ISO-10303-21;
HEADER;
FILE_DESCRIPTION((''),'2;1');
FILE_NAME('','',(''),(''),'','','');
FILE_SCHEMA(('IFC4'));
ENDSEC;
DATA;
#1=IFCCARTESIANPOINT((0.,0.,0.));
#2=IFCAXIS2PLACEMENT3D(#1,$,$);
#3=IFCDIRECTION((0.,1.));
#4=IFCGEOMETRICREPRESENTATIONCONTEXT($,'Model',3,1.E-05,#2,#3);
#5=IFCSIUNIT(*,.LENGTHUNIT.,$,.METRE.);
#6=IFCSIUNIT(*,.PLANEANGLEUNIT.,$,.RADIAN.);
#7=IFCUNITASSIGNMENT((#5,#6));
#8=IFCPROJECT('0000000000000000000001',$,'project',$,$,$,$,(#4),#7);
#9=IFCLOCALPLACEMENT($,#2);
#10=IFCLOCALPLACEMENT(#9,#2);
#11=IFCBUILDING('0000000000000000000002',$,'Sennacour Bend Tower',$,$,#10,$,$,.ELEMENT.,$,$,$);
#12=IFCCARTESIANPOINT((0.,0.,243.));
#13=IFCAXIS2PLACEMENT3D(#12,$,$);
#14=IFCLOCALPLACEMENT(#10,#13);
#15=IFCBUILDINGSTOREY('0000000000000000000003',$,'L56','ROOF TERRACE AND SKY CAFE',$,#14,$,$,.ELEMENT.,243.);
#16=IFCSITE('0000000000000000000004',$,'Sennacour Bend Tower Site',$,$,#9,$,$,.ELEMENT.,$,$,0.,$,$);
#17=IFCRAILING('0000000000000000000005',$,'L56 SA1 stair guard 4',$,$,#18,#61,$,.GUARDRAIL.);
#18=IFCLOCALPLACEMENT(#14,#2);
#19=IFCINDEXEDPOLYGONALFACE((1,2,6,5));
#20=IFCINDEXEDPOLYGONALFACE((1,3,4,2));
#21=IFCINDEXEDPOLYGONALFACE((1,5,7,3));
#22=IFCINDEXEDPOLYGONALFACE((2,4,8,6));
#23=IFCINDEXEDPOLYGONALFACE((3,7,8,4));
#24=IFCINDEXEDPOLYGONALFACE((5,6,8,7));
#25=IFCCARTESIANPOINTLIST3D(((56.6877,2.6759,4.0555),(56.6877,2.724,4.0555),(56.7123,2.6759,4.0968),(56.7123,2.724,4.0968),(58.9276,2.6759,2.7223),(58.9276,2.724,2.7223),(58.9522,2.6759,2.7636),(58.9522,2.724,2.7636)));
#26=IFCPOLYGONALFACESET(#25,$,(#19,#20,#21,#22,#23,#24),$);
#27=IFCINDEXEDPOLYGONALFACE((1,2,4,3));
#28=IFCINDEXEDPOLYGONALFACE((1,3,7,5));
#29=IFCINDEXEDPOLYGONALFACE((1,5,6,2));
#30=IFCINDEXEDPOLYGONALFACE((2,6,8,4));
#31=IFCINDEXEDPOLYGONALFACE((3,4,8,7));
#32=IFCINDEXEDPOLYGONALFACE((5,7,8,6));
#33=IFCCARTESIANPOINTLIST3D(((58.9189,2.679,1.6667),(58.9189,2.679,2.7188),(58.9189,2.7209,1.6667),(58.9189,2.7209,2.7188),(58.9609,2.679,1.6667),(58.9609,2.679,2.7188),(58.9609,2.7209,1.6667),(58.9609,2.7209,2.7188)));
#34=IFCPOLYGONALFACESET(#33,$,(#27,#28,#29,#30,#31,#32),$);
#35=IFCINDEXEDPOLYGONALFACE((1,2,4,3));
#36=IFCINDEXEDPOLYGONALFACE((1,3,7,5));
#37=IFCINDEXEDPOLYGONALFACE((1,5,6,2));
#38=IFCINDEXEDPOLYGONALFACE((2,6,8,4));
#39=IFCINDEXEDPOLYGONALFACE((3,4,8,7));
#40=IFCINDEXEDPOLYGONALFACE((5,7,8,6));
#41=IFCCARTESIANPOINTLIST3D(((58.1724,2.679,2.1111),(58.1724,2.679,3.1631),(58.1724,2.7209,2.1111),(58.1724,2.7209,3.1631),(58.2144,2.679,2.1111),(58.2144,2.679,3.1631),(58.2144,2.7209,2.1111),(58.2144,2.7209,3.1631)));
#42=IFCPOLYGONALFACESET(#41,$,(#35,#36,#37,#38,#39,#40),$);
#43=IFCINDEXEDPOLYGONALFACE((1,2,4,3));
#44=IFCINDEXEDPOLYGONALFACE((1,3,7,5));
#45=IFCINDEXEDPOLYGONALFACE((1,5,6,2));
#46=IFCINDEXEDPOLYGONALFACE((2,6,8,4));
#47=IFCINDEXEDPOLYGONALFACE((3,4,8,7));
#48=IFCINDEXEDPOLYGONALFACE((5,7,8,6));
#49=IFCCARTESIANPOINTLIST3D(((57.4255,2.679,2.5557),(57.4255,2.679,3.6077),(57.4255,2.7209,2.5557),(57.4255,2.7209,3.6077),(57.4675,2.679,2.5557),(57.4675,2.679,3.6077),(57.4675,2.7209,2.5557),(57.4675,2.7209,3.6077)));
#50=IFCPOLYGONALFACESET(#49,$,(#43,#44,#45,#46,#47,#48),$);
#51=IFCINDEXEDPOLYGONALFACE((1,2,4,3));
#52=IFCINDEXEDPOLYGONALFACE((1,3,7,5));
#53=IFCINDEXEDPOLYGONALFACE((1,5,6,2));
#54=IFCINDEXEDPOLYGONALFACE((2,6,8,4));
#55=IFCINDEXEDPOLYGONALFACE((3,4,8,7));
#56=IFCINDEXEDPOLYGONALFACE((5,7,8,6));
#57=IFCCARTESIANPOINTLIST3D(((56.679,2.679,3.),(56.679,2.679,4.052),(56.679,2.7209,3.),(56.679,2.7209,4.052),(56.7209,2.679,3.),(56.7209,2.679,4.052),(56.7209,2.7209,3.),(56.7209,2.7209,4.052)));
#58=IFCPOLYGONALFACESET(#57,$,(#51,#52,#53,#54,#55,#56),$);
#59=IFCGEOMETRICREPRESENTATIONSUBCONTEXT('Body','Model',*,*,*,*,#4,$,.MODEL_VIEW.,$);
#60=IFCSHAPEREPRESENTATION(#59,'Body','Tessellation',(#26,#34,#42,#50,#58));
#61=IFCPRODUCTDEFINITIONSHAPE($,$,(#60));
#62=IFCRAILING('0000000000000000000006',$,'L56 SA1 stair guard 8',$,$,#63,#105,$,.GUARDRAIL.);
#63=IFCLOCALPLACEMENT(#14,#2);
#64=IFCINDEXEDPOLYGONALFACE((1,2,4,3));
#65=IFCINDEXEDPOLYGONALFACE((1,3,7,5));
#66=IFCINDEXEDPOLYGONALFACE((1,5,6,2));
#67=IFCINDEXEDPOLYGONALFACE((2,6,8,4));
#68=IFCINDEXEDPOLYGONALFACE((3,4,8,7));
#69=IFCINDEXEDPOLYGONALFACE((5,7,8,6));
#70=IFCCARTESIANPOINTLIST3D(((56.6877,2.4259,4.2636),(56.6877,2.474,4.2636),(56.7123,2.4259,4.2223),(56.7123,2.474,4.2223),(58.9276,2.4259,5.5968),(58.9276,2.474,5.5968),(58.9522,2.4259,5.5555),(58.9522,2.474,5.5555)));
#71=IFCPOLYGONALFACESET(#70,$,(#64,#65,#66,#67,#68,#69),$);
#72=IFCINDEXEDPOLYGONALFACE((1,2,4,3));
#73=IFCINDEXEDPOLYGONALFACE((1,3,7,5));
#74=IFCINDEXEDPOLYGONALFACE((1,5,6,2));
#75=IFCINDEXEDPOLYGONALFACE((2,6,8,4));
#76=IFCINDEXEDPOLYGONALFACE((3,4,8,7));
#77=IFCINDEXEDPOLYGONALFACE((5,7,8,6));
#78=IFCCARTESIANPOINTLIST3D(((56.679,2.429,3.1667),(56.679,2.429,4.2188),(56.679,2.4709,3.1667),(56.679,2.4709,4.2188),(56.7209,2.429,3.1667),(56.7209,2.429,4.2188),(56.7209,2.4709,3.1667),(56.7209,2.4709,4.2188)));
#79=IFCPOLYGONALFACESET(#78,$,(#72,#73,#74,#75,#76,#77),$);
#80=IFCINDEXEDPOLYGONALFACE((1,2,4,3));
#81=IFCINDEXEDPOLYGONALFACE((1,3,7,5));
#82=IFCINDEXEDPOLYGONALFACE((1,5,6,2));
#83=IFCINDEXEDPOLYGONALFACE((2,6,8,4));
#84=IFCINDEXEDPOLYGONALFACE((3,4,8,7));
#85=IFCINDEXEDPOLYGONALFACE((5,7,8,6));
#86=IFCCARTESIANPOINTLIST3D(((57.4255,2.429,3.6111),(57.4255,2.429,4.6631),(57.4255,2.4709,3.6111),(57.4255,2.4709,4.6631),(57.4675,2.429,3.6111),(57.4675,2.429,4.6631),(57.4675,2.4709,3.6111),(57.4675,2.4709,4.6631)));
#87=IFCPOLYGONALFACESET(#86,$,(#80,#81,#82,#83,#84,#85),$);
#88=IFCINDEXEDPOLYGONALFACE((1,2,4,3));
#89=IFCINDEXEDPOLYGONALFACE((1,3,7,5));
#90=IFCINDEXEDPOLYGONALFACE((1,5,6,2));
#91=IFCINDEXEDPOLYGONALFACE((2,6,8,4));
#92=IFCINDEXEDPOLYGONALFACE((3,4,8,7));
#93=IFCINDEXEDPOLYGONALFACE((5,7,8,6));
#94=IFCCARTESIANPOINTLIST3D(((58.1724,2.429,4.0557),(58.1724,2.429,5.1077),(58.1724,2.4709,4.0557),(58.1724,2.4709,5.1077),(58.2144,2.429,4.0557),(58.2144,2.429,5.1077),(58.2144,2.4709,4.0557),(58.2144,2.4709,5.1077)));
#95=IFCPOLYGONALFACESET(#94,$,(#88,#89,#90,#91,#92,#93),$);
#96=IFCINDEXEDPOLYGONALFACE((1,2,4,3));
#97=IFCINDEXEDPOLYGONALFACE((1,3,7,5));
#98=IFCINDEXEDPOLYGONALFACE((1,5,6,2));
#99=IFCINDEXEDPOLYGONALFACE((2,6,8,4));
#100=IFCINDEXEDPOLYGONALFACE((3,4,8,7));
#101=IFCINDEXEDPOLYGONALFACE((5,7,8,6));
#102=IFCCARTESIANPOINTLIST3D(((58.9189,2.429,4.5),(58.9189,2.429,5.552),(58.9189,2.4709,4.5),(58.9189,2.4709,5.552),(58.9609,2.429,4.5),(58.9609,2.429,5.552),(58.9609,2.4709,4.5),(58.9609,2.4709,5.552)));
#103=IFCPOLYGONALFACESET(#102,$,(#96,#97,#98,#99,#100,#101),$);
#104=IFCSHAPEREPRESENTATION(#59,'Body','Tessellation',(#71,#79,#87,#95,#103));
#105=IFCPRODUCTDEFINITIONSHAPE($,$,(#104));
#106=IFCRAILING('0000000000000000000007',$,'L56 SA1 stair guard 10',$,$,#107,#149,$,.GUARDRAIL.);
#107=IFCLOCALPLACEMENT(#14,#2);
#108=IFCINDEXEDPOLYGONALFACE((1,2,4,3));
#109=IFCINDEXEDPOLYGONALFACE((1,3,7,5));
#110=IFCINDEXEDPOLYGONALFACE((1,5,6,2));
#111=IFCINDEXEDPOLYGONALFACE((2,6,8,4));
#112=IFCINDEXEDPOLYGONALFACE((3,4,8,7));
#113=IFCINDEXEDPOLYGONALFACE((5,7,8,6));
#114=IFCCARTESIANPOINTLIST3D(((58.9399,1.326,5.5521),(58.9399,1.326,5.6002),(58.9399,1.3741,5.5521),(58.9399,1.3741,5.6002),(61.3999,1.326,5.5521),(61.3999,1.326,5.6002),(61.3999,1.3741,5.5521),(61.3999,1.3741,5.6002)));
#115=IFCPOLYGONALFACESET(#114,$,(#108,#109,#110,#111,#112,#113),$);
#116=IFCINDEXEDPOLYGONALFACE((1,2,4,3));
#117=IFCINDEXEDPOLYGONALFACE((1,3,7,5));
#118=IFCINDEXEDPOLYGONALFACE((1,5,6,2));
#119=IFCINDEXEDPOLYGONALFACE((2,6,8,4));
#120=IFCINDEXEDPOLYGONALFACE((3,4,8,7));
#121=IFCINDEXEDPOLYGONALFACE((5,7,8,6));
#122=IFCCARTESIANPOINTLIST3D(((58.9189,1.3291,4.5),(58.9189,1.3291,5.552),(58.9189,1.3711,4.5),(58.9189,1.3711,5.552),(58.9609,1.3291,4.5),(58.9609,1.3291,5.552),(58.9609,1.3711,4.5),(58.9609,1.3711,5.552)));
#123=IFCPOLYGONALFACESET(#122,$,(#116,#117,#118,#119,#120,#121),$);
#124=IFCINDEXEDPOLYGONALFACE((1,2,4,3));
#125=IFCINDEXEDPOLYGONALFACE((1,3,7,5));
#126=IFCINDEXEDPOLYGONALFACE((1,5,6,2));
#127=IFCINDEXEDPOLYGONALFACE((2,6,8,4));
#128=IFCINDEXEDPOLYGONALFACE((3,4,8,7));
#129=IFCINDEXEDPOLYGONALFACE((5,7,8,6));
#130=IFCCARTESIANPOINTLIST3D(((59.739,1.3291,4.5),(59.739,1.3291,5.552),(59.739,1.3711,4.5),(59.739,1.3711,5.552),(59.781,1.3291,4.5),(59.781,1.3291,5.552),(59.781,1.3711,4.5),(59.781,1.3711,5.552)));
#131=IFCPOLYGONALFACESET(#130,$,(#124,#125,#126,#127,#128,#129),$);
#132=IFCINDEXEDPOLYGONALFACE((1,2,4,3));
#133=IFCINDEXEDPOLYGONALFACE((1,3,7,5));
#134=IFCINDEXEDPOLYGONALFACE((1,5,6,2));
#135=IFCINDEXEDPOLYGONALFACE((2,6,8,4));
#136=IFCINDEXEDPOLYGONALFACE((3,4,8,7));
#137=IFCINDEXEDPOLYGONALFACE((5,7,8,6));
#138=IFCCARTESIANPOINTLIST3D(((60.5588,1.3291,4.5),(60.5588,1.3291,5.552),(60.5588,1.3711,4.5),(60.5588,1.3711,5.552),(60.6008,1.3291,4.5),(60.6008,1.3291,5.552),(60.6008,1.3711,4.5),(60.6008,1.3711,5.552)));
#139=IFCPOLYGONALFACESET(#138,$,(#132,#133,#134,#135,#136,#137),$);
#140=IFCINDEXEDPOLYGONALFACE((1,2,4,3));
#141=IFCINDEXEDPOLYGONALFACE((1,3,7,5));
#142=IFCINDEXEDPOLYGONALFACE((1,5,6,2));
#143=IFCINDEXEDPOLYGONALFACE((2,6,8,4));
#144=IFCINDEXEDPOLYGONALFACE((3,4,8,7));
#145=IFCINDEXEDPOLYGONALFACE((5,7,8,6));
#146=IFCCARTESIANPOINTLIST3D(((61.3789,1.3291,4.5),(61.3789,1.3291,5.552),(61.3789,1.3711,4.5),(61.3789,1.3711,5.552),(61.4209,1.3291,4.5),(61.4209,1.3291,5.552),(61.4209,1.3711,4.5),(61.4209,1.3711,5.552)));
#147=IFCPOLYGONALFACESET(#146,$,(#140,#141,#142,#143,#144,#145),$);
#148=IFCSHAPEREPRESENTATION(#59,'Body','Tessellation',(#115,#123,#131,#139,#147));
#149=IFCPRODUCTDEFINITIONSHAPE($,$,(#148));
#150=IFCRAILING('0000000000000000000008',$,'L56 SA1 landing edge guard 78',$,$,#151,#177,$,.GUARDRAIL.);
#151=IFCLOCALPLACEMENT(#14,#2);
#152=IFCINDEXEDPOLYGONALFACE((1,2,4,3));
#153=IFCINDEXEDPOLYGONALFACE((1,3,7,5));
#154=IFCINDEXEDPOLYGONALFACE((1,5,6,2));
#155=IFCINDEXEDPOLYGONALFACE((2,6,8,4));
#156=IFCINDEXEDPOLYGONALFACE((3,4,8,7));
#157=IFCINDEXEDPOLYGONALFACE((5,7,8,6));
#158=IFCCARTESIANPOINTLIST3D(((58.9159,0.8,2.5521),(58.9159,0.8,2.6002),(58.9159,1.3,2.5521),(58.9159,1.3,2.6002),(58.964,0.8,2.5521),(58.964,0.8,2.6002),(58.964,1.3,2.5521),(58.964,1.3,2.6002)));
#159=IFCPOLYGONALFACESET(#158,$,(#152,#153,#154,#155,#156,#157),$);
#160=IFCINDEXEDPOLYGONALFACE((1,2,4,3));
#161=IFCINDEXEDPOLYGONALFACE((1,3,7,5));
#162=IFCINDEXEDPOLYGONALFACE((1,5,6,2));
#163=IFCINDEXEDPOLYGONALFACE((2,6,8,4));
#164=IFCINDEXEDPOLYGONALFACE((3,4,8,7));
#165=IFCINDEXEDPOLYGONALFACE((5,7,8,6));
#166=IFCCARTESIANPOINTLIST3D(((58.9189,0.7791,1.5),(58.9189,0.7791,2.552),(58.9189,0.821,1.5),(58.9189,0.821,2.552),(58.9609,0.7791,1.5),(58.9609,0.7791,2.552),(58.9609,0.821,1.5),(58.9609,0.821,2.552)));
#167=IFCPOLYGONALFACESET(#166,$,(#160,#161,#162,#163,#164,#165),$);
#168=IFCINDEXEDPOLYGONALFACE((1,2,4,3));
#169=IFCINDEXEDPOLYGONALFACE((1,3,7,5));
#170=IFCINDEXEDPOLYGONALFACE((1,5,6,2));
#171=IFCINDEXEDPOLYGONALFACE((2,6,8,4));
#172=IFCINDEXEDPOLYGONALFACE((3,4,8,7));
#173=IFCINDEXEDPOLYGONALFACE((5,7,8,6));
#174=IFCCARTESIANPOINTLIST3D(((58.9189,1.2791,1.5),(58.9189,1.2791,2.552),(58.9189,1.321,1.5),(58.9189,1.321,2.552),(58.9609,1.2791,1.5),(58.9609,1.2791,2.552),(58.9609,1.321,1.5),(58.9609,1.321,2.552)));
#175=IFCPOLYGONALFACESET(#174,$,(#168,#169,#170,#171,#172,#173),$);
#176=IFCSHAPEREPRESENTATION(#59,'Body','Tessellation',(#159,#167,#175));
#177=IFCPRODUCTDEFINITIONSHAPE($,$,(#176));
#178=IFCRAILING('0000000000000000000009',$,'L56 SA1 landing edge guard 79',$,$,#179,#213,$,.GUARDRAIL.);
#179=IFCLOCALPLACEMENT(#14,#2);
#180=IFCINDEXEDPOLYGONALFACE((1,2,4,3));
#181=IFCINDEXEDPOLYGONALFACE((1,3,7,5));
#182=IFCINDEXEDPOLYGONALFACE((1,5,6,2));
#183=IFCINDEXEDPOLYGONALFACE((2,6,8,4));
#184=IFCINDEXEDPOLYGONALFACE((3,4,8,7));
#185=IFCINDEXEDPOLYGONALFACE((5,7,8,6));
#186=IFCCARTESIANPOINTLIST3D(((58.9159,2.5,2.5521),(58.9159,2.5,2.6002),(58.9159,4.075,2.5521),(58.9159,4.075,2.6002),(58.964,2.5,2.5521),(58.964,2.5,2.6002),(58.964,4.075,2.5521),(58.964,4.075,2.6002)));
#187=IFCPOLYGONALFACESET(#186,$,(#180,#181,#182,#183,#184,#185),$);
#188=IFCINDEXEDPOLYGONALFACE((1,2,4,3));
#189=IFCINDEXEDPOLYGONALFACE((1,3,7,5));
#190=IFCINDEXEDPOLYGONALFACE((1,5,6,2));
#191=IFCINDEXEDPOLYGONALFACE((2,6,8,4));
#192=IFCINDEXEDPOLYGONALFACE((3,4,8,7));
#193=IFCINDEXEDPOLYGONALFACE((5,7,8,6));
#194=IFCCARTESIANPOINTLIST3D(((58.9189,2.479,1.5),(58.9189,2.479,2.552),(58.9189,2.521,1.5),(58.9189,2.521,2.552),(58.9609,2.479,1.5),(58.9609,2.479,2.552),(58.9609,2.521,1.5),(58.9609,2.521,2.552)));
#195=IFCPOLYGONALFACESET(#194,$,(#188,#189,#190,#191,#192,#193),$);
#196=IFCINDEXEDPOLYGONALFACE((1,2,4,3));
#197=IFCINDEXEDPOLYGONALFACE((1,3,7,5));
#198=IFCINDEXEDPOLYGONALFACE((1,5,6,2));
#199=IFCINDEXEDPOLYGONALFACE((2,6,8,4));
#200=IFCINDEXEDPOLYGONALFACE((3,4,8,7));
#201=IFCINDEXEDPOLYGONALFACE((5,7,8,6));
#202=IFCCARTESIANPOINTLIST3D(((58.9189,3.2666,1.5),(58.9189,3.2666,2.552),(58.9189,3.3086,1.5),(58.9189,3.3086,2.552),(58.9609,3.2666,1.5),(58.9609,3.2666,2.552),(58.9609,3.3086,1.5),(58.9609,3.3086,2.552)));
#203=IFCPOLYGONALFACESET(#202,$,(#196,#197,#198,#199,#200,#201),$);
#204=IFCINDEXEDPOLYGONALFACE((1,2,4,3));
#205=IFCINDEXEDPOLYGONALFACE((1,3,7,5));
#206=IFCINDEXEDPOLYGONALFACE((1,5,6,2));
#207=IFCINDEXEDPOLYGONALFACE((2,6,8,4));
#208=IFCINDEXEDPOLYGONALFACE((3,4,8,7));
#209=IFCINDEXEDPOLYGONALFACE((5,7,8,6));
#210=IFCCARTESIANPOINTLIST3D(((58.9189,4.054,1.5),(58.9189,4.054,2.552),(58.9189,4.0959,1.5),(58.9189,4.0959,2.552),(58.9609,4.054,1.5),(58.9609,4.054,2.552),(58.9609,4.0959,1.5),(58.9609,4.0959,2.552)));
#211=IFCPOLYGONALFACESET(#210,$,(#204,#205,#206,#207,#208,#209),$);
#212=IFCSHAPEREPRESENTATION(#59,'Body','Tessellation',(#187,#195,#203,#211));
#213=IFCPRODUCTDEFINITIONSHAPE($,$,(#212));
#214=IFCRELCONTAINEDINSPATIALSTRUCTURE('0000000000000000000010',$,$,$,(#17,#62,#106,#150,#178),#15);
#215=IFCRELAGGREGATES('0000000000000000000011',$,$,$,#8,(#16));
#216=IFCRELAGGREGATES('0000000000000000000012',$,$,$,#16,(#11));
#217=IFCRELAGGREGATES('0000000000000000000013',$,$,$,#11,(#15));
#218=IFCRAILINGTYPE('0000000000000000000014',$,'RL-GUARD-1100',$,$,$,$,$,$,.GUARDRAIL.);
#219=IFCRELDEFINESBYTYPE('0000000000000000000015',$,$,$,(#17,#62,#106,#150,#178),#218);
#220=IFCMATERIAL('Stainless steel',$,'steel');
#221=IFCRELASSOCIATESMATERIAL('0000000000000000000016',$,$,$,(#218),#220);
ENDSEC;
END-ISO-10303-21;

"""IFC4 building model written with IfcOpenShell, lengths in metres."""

from ifc_helpers import new_model, si_unit, direction, frame, origin, origin_2d, place, context, subcontext, project, spatial, rectangle, extrude, material, type_object, element, save


model = new_model("IFC4")

# Units and contexts
model_context = context("Model", 3, precision=1e-05, world=origin(), true_north=direction((0.0, 1.0)))
body_context = subcontext(model_context, "Body", "Model", "MODEL_VIEW")
ifc_project = project(units=[si_unit("LENGTHUNIT", "METRE"), si_unit("PLANEANGLEUNIT", "RADIAN")], contexts=[model_context])

# Site, building, storey
site_placement = place(None, origin())
site = spatial("IfcSite", under=ifc_project, at=site_placement, Name="Sennacour Bend Tower Site", CompositionType="ELEMENT", RefElevation=0.0)
building_placement = place(site_placement, origin())
building = spatial("IfcBuilding", under=site, at=building_placement, Name="Sennacour Bend Tower", CompositionType="ELEMENT")
storey_placement = place(building_placement, frame((0.0, 0.0, 243.0)))
storey = spatial("IfcBuildingStorey", under=building, at=storey_placement, Name="L56", Description="ROOF TERRACE AND SKY CAFE", CompositionType="ELEMENT", Elevation=243.0)

# Railings
ifc_material_1 = material(Name="Stainless steel", Category="steel")
railing_type_1 = type_object("IfcRailingType", Name="RL-GUARD-1100", PredefinedType="GUARDRAIL", material=ifc_material_1)
railing_1_placement = place(storey_placement, frame((58.9399, 2.7, 1.6667)))
element("IfcRailing", 1, at=railing_1_placement, inside=storey, type_object=railing_type_1, Name="L56 SA1 stair guard 4", PredefinedType="GUARDRAIL", context=body_context, shape_type="SweptSolid", body=[
    extrude(rectangle(XDim=0.0481, YDim=0.0481, at=origin_2d()), frame((0.0, 0.0, 1.0762), z_axis=(-0.859306, 0.0, 0.511462), x_axis=(0.0, -1.0, 0.0)), (0.0, 0.0, 1.0), 2.6067),
    extrude(rectangle(XDim=0.042, YDim=0.042, at=origin_2d()), origin(), (0.0, 0.0, 1.0), 1.052),
    extrude(rectangle(XDim=0.042, YDim=0.042, at=origin_2d()), frame((-0.7466, 0.0, 0.4443)), (0.0, 0.0, 1.0), 1.052),
    extrude(rectangle(XDim=0.042, YDim=0.042, at=origin_2d()), frame((-1.4934, 0.0, 0.8889)), (0.0, 0.0, 1.0), 1.052),
    extrude(rectangle(XDim=0.042, YDim=0.042, at=origin_2d()), frame((-2.24, 0.0, 1.3333)), (0.0, 0.0, 1.0), 1.052),
])
railing_2_placement = place(storey_placement, frame((56.7, 2.45, 3.1667)))
element("IfcRailing", 2, at=railing_2_placement, inside=storey, type_object=railing_type_1, Name="L56 SA1 stair guard 8", PredefinedType="GUARDRAIL", context=body_context, shape_type="SweptSolid", body=[
    extrude(rectangle(XDim=0.0481, YDim=0.0481, at=origin_2d()), frame((0.0, 0.0, 1.0762), z_axis=(0.859306, 0.0, 0.511462), x_axis=(0.0, 1.0, 0.0)), (0.0, 0.0, 1.0), 2.6067),
    extrude(rectangle(XDim=0.042, YDim=0.042, at=origin_2d()), origin(), (0.0, 0.0, 1.0), 1.052),
    extrude(rectangle(XDim=0.042, YDim=0.042, at=origin_2d()), frame((0.7466, 0.0, 0.4443)), (0.0, 0.0, 1.0), 1.052),
    extrude(rectangle(XDim=0.042, YDim=0.042, at=origin_2d()), frame((1.4934, 0.0, 0.8889)), (0.0, 0.0, 1.0), 1.052),
    extrude(rectangle(XDim=0.042, YDim=0.042, at=origin_2d()), frame((2.24, 0.0, 1.3333)), (0.0, 0.0, 1.0), 1.052),
])
railing_3_placement = place(storey_placement, frame((58.9399, 1.3501, 4.5)))
element("IfcRailing", 3, at=railing_3_placement, inside=storey, type_object=railing_type_1, Name="L56 SA1 stair guard 10", PredefinedType="GUARDRAIL", context=body_context, shape_type="SweptSolid", body=[
    extrude(rectangle(XDim=0.0481, YDim=0.0481, at=origin_2d()), frame((0.0, 0.0, 1.0762), z_axis=(1.0, 0.0, 0.0), x_axis=(0.0, 1.0, 0.0)), (0.0, 0.0, 1.0), 2.46),
    extrude(rectangle(XDim=0.042, YDim=0.042, at=origin_2d()), origin(), (0.0, 0.0, 1.0), 1.052),
    extrude(rectangle(XDim=0.042, YDim=0.042, at=origin_2d()), frame((0.8201, 0.0, 0.0)), (0.0, 0.0, 1.0), 1.052),
    extrude(rectangle(XDim=0.042, YDim=0.042, at=origin_2d()), frame((1.6399, 0.0, 0.0)), (0.0, 0.0, 1.0), 1.052),
    extrude(rectangle(XDim=0.042, YDim=0.042, at=origin_2d()), frame((2.46, 0.0, 0.0)), (0.0, 0.0, 1.0), 1.052),
])
railing_4_placement = place(storey_placement, frame((58.9399, 0.8, 1.5)))
element("IfcRailing", 4, at=railing_4_placement, inside=storey, type_object=railing_type_1, Name="L56 SA1 landing edge guard 78", PredefinedType="GUARDRAIL", context=body_context, shape_type="SweptSolid", body=[
    extrude(rectangle(XDim=0.0481, YDim=0.0481, at=origin_2d()), frame((0.0, 0.0, 1.0762), z_axis=(0.0, 1.0, 0.0), x_axis=(-1.0, 0.0, 0.0)), (0.0, 0.0, 1.0), 0.5),
    extrude(rectangle(XDim=0.042, YDim=0.042, at=origin_2d()), origin(), (0.0, 0.0, 1.0), 1.052),
    extrude(rectangle(XDim=0.042, YDim=0.042, at=origin_2d()), frame((0.0, 0.5, 0.0)), (0.0, 0.0, 1.0), 1.052),
])
railing_5_placement = place(storey_placement, frame((58.9399, 2.5, 1.5)))
element("IfcRailing", 5, at=railing_5_placement, inside=storey, type_object=railing_type_1, Name="L56 SA1 landing edge guard 79", PredefinedType="GUARDRAIL", context=body_context, shape_type="SweptSolid", body=[
    extrude(rectangle(XDim=0.0481, YDim=0.0481, at=origin_2d()), frame((0.0, 0.0, 1.0762), z_axis=(0.0, 1.0, 0.0), x_axis=(-1.0, 0.0, 0.0)), (0.0, 0.0, 1.0), 1.575),
    extrude(rectangle(XDim=0.042, YDim=0.042, at=origin_2d()), origin(), (0.0, 0.0, 1.0), 1.052),
    extrude(rectangle(XDim=0.042, YDim=0.042, at=origin_2d()), frame((0.0, 0.7876, 0.0)), (0.0, 0.0, 1.0), 1.052),
    extrude(rectangle(XDim=0.042, YDim=0.042, at=origin_2d()), frame((0.0, 1.575, 0.0)), (0.0, 0.0, 1.0), 1.052),
])

save(model, "model.ifc")
